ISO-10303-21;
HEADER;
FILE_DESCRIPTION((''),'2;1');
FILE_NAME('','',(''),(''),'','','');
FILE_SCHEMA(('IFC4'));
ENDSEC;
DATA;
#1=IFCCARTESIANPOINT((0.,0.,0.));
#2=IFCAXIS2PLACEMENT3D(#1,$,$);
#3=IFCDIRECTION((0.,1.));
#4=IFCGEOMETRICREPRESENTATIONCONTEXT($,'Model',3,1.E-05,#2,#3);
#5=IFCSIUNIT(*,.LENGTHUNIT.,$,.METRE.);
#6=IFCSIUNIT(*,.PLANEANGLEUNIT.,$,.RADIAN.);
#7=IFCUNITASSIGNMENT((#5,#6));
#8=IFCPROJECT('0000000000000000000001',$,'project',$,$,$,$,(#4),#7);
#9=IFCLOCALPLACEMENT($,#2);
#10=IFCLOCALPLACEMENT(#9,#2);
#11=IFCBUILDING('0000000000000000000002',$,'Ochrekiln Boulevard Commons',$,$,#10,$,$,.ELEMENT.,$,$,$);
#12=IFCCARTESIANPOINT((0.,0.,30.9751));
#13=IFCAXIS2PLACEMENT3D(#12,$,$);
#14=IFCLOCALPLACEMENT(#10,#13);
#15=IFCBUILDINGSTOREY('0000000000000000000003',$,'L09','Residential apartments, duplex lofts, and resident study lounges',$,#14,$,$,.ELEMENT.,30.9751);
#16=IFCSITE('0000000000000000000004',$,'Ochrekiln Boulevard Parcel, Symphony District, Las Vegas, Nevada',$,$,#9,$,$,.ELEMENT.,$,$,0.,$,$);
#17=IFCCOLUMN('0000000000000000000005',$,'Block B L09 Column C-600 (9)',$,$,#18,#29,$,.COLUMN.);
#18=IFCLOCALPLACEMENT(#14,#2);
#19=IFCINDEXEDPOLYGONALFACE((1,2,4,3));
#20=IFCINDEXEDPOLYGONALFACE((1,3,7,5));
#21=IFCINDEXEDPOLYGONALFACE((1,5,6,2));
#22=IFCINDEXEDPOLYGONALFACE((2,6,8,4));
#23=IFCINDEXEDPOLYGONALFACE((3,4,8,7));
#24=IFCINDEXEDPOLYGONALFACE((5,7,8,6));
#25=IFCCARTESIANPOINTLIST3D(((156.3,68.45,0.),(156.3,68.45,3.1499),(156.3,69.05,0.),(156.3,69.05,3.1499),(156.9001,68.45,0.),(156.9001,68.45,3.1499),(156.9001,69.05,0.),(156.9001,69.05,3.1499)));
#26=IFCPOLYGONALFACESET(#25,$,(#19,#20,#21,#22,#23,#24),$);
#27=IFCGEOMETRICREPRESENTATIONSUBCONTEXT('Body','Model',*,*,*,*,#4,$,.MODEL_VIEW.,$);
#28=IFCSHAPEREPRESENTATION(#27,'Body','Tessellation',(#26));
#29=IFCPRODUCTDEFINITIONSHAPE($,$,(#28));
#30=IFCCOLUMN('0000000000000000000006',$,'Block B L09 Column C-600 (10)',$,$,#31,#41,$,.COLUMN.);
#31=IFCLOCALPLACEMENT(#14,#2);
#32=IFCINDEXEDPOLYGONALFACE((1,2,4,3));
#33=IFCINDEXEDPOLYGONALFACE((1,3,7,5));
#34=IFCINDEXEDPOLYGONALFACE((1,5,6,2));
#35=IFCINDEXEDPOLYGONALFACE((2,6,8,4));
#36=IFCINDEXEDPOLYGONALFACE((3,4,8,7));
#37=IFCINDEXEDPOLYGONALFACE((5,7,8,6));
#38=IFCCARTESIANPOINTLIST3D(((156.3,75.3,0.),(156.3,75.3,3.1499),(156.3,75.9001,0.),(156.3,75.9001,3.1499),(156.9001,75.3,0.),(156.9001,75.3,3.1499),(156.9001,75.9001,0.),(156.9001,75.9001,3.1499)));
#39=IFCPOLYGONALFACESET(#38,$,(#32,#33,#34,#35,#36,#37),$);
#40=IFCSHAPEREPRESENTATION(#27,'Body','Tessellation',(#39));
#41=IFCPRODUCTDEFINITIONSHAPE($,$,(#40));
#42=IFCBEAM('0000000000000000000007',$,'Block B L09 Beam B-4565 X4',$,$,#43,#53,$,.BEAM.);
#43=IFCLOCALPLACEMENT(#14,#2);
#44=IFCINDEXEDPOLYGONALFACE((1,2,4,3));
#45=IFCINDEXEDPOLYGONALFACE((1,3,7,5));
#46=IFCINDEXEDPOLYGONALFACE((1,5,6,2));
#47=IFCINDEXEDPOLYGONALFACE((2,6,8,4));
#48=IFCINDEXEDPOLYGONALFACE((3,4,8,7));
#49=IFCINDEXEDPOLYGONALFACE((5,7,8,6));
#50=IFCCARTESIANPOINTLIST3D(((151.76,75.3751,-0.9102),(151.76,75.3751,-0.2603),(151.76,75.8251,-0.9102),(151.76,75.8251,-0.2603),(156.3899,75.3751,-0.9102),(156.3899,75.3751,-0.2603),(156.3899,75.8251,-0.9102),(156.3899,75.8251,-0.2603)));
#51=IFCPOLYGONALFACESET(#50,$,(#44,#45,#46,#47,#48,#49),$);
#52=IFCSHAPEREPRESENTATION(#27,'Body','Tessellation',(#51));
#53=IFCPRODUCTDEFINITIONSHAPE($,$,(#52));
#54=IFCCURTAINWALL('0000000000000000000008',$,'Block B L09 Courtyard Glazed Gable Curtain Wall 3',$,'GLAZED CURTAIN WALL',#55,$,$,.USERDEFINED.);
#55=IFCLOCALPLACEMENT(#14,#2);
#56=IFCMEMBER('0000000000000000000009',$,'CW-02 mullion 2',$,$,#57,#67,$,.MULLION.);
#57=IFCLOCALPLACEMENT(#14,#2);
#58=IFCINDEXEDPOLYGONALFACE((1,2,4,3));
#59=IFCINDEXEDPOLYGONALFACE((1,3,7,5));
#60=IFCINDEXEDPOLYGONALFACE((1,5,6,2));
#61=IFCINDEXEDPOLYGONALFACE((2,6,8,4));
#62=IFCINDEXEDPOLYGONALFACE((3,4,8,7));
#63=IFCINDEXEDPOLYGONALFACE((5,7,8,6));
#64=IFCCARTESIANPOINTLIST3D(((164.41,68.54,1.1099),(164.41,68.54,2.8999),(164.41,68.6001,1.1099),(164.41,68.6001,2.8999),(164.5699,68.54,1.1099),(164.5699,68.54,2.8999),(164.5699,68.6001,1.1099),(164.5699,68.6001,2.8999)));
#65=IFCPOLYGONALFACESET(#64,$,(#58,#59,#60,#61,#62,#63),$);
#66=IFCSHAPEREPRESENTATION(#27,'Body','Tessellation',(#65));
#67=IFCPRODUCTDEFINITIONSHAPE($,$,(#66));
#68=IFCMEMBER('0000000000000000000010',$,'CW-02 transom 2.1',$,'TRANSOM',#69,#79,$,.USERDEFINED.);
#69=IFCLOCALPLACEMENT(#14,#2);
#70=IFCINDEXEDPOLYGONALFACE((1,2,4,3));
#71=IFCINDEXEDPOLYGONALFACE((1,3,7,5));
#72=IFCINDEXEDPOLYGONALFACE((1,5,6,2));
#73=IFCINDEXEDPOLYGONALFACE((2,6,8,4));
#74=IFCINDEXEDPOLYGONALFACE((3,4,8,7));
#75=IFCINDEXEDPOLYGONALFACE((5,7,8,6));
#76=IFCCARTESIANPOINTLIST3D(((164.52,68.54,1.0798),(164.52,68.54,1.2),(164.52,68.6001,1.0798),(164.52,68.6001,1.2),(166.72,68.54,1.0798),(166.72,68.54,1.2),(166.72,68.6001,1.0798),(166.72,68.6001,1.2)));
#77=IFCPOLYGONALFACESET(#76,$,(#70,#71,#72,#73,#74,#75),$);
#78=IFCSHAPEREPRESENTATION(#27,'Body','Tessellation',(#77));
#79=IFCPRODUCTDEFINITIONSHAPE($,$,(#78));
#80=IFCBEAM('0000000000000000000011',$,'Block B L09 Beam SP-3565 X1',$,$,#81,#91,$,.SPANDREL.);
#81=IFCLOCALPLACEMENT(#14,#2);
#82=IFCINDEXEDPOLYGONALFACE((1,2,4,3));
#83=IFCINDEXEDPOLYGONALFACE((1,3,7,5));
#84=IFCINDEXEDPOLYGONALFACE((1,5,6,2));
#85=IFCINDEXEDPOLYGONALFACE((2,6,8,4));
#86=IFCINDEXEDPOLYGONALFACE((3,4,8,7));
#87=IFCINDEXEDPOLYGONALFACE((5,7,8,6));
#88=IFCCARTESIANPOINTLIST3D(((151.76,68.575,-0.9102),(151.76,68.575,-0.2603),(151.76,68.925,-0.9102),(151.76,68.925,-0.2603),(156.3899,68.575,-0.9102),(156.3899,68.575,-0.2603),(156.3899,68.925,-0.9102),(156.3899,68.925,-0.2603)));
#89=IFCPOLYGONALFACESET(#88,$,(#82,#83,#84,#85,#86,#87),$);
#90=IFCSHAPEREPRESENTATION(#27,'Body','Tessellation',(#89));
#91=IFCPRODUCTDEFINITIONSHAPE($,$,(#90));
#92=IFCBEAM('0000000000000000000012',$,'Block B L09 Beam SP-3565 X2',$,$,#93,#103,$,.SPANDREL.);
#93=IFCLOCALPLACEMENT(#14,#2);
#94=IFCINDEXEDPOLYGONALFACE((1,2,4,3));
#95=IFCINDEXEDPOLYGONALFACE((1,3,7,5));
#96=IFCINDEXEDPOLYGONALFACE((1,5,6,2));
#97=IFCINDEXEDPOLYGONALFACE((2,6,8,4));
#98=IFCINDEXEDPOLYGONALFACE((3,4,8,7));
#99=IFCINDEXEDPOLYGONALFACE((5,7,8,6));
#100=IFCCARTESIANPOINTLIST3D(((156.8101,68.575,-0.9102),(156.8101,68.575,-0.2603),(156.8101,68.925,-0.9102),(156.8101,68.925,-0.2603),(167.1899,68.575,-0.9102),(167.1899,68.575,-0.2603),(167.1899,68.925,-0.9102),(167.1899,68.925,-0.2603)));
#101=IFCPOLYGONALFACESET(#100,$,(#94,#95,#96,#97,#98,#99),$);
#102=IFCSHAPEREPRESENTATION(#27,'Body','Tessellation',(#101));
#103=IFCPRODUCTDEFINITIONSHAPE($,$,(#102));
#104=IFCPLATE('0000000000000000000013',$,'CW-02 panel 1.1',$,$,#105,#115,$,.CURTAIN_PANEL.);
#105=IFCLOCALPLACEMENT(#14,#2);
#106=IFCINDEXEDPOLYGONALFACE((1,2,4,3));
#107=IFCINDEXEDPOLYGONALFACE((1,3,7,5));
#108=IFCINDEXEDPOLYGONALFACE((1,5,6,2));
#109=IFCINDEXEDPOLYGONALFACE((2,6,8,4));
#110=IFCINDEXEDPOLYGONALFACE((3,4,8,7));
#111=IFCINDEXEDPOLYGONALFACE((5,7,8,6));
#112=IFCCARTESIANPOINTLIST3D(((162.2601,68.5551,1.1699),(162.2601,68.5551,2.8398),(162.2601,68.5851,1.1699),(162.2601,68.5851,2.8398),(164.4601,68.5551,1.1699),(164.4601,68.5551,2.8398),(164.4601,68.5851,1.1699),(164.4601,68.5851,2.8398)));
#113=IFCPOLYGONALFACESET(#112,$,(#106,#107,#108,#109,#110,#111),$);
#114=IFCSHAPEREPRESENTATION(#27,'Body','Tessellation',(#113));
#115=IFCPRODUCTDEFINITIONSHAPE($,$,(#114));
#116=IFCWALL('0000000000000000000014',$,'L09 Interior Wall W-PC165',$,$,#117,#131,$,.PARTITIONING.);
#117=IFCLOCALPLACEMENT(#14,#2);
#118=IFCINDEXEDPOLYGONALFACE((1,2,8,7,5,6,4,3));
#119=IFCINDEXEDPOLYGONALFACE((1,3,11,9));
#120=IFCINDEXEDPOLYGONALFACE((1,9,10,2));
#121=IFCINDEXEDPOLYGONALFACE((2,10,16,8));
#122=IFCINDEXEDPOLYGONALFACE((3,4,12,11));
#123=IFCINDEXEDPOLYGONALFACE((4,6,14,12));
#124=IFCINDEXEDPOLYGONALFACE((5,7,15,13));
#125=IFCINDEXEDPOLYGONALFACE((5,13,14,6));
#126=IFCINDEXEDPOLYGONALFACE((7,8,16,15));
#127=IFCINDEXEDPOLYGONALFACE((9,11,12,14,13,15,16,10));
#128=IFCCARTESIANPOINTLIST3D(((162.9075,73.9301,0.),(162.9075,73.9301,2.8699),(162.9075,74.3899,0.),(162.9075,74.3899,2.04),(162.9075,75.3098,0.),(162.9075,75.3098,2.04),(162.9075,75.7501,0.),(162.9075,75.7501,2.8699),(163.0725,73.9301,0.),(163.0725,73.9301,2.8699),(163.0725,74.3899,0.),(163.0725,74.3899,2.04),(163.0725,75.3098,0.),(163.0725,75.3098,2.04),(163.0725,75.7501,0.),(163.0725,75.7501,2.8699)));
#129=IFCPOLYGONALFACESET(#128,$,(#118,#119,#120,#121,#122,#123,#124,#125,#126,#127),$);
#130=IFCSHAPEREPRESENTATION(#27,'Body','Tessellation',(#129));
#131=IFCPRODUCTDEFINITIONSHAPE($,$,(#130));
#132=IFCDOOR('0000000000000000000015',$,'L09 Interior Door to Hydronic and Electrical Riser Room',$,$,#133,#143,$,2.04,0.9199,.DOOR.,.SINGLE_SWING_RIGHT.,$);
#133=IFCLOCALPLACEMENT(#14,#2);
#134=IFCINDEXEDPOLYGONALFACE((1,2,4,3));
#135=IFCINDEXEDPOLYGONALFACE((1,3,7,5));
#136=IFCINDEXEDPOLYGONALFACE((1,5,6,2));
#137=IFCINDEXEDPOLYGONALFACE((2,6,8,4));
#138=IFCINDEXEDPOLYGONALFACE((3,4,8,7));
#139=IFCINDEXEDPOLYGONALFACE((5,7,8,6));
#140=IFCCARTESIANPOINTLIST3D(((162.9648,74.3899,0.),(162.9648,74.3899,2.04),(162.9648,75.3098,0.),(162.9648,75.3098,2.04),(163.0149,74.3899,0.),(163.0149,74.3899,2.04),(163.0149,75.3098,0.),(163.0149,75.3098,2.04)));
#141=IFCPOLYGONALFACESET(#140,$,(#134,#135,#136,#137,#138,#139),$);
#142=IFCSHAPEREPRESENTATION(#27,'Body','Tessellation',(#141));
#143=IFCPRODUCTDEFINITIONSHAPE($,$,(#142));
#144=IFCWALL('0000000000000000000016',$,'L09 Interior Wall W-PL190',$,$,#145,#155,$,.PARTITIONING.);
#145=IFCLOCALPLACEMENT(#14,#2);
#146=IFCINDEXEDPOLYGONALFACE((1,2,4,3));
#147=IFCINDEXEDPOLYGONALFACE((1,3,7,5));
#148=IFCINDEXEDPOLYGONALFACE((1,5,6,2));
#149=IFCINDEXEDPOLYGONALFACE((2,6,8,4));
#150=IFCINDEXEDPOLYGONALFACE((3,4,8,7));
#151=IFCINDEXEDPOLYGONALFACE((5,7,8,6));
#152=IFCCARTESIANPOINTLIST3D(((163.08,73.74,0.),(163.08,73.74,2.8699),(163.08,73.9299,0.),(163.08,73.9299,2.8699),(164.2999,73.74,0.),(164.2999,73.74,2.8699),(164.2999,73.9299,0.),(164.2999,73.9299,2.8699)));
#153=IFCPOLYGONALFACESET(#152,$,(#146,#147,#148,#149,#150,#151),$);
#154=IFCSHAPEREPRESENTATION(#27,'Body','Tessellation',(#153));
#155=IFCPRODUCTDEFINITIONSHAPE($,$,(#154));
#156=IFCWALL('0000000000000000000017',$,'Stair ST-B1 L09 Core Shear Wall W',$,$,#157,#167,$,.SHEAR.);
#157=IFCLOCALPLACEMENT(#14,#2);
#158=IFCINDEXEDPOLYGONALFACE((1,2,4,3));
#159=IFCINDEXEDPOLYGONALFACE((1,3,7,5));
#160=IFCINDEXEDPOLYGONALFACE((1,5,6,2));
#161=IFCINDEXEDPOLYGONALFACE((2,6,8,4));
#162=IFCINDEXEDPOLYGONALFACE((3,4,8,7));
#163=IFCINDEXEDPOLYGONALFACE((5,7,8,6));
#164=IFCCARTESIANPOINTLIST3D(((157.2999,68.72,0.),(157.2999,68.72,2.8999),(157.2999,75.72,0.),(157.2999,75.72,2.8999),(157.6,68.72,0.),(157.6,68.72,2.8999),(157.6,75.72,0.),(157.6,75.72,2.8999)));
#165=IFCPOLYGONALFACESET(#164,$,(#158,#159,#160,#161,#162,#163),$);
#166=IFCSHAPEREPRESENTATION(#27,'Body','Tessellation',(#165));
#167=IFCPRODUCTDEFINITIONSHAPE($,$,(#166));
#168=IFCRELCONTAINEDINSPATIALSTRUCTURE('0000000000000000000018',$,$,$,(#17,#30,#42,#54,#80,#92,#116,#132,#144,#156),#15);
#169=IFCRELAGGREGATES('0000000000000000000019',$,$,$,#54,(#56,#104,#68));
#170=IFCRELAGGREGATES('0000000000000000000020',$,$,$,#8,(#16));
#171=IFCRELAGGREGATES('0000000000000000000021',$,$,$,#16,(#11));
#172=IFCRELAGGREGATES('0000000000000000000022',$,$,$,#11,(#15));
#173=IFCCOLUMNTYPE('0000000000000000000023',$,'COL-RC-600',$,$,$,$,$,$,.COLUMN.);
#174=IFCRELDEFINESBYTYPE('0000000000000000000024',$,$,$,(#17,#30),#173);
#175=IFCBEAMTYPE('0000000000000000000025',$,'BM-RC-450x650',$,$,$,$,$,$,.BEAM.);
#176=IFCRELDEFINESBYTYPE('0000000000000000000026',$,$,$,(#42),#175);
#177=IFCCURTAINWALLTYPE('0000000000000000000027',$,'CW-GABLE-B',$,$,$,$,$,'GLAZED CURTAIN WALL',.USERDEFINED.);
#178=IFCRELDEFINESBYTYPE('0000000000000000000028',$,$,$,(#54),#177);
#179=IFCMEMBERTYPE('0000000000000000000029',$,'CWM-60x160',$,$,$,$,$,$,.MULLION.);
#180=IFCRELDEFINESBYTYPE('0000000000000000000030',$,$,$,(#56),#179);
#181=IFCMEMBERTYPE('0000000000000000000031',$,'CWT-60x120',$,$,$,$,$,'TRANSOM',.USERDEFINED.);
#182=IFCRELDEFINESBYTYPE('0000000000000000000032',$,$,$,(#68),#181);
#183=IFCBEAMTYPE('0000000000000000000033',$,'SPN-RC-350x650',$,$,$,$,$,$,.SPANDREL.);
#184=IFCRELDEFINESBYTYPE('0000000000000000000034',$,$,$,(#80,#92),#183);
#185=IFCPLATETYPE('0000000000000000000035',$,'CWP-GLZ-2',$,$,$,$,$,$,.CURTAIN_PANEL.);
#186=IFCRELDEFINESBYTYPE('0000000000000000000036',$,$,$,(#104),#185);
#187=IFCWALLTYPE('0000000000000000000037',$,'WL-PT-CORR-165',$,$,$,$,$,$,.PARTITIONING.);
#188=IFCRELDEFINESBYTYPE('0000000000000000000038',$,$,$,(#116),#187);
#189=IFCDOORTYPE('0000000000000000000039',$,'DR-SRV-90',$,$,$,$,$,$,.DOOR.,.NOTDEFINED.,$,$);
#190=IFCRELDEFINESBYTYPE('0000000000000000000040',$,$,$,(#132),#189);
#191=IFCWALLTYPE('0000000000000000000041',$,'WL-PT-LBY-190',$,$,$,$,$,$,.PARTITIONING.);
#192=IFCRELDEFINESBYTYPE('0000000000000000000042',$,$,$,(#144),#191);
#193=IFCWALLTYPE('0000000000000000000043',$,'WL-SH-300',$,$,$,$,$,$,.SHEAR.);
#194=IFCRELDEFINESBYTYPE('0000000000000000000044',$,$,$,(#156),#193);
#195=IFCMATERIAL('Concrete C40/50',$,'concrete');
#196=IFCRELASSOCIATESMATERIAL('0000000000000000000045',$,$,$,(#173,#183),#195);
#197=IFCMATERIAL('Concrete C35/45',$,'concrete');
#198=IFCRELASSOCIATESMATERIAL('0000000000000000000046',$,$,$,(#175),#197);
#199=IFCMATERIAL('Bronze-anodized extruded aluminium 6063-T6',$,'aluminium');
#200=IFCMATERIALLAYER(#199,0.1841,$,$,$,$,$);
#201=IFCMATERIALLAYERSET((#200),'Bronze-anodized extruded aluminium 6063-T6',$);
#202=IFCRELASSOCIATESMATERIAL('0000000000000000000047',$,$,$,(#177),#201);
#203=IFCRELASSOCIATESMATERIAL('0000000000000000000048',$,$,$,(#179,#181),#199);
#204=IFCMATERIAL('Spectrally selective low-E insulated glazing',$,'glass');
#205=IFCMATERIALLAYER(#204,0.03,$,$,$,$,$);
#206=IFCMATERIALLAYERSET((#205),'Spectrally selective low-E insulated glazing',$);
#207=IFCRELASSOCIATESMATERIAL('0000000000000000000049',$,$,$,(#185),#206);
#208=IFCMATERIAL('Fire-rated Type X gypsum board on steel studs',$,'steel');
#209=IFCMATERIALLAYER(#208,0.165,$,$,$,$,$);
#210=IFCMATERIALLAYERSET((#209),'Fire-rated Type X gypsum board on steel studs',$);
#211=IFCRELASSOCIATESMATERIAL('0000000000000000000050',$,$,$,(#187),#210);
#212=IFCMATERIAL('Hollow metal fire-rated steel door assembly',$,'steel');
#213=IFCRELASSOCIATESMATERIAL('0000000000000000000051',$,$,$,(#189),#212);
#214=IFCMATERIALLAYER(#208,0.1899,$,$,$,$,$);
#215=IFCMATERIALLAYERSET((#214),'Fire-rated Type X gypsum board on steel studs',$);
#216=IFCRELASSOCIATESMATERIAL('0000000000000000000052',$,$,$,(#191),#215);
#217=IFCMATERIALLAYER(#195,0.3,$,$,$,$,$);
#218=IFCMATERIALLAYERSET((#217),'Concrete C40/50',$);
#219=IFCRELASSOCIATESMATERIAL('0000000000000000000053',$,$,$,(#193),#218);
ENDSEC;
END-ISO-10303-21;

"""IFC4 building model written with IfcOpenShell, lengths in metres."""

from ifc_helpers import new_model, si_unit, direction, frame, frame_2d, origin, origin_2d, place, context, subcontext, project, spatial, rectangle, extrude, material, layer, layer_set, material_profile, profile_set, type_object, element, fill, aggregate, save


model = new_model("IFC4")

# Units and contexts
model_context = context("Model", 3, precision=1e-05, world=origin(), true_north=direction((0.0, 1.0)))
body_context = subcontext(model_context, "Body", "Model", "MODEL_VIEW")
ifc_project = project(units=[si_unit("LENGTHUNIT", "METRE"), si_unit("PLANEANGLEUNIT", "RADIAN")], contexts=[model_context])

# Site, building, storey
site_placement = place(None, origin())
site = spatial("IfcSite", under=ifc_project, at=site_placement, Name="Ochrekiln Boulevard Parcel, Symphony District, Las Vegas, Nevada", CompositionType="ELEMENT", RefElevation=0.0)
building_placement = place(site_placement, origin())
building = spatial("IfcBuilding", under=site, at=building_placement, Name="Ochrekiln Boulevard Commons", CompositionType="ELEMENT")
storey_placement = place(building_placement, frame((0.0, 0.0, 30.9751)))
storey = spatial("IfcBuildingStorey", under=building, at=storey_placement, Name="L09", Description="Residential apartments, duplex lofts, and resident study lounges", CompositionType="ELEMENT", Elevation=30.9751)

# Columns
ifc_material_1 = material(Name="Concrete C40/50", Category="concrete")
ifc_material_profile_1 = material_profile(ifc_material_1, rectangle(XDim=0.6001, YDim=0.6001, at=origin_2d()), Name="RC-COL-600x600")
ifc_profile_set_1 = profile_set([ifc_material_profile_1], Name="Concrete C40/50")
column_type = type_object("IfcColumnType", Name="COL-RC-600", PredefinedType="COLUMN", material=ifc_profile_set_1)
for number, where, z_axis, x_axis, name in (
    (1, (156.6001, 68.75, 0.0), (0.0, 0.0, 1.0), (1.0, 0.0, 0.0), "Block B L09 Column C-600 (9)"),
    (2, (156.6001, 75.6001, 0.0), (0.0, 0.0, 1.0), (1.0, 0.0, 0.0), "Block B L09 Column C-600 (10)"),
):
    element("IfcColumn", number, at=place(storey_placement, frame(where, z_axis=z_axis, x_axis=x_axis)), inside=storey, type_object=column_type, Name=name, PredefinedType="COLUMN", context=body_context, shape_type="SweptSolid", body=[
        extrude(rectangle(XDim=0.6001, YDim=0.6001, at=origin_2d()), origin(), (0.0, 0.0, 1.0), 3.1499),
    ])

# Beam
ifc_material_2 = material(Name="Concrete C35/45", Category="concrete")
ifc_material_profile_2 = material_profile(ifc_material_2, rectangle(XDim=0.45, YDim=0.6499, at=origin_2d()), Name="RC-BM-450x650")
ifc_profile_set_2 = profile_set([ifc_material_profile_2], Name="Concrete C35/45")
beam_type_1 = type_object("IfcBeamType", Name="BM-RC-450x650", PredefinedType="BEAM", material=ifc_profile_set_2)
beam_1_placement = place(storey_placement, frame((151.76, 75.6001, -0.5852), z_axis=(1.0, 0.0, 0.0), x_axis=(0.0, 1.0, 0.0)))
element("IfcBeam", 3, at=beam_1_placement, inside=storey, type_object=beam_type_1, Name="Block B L09 Beam B-4565 X4", PredefinedType="BEAM", context=body_context, shape_type="SweptSolid", body=[
    extrude(rectangle(XDim=0.45, YDim=0.6499, at=origin_2d()), origin(), (0.0, 0.0, 1.0), 4.6299),
])

# Curtain wall, members
ifc_material_3 = material(Name="Bronze-anodized extruded aluminium 6063-T6", Category="aluminium")
ifc_layer_1 = layer(ifc_material_3, 0.1841)
ifc_layer_set_1 = layer_set([ifc_layer_1], Name="Bronze-anodized extruded aluminium 6063-T6")
curtain_wall_type = type_object("IfcCurtainWallType", Name="CW-GABLE-B", ElementType="GLAZED CURTAIN WALL", PredefinedType="USERDEFINED", material=ifc_layer_set_1)
curtain_wall_placement = place(storey_placement, origin())
curtain_wall = element("IfcCurtainWall", 4, at=curtain_wall_placement, inside=storey, type_object=curtain_wall_type, Name="Block B L09 Courtyard Glazed Gable Curtain Wall 3", ObjectType="GLAZED CURTAIN WALL", PredefinedType="USERDEFINED")
ifc_material_profile_3 = material_profile(ifc_material_3, rectangle(XDim=0.0601, YDim=0.1599, at=origin_2d()), Name="ALU-MUL-60x160")
ifc_profile_set_3 = profile_set([ifc_material_profile_3], Name="Bronze-anodized extruded aluminium 6063-T6")
member_type_1 = type_object("IfcMemberType", Name="CWM-60x160", PredefinedType="MULLION", material=ifc_profile_set_3)
member_1_placement = place(storey_placement, frame((164.49, 68.5701, 1.1099), z_axis=(0.0, 0.0, 1.0), x_axis=(0.0, 1.0, 0.0)))
member_1 = element("IfcMember", 5, at=member_1_placement, type_object=member_type_1, Name="CW-02 mullion 2", PredefinedType="MULLION", context=body_context, shape_type="SweptSolid", body=[
    extrude(rectangle(XDim=0.0601, YDim=0.1599, at=origin_2d()), origin(), (0.0, 0.0, 1.0), 1.79),
])
ifc_material_profile_4 = material_profile(ifc_material_3, rectangle(XDim=0.0601, YDim=0.1201, at=origin_2d()), Name="ALU-TRN-60x120")
ifc_profile_set_4 = profile_set([ifc_material_profile_4], Name="Bronze-anodized extruded aluminium 6063-T6")
member_type_2 = type_object("IfcMemberType", Name="CWT-60x120", ElementType="TRANSOM", PredefinedType="USERDEFINED", material=ifc_profile_set_4)
member_2_placement = place(storey_placement, frame((164.52, 68.5701, 1.1399), z_axis=(1.0, 0.0, 0.0), x_axis=(0.0, 1.0, 0.0)))
member_2 = element("IfcMember", 6, at=member_2_placement, type_object=member_type_2, Name="CW-02 transom 2.1", ObjectType="TRANSOM", PredefinedType="USERDEFINED", context=body_context, shape_type="SweptSolid", body=[
    extrude(rectangle(XDim=0.0601, YDim=0.1201, at=origin_2d()), origin(), (0.0, 0.0, 1.0), 2.2),
])

# Beams
ifc_material_profile_5 = material_profile(ifc_material_1, rectangle(XDim=0.3501, YDim=0.6499, at=origin_2d()), Name="RC-SPN-350x650")
ifc_profile_set_5 = profile_set([ifc_material_profile_5], Name="Concrete C40/50")
beam_type_2 = type_object("IfcBeamType", Name="SPN-RC-350x650", PredefinedType="SPANDREL", material=ifc_profile_set_5)
beam_2_placement = place(storey_placement, frame((151.76, 68.75, -0.5852), z_axis=(1.0, 0.0, 0.0), x_axis=(0.0, 1.0, 0.0)))
element("IfcBeam", 7, at=beam_2_placement, inside=storey, type_object=beam_type_2, Name="Block B L09 Beam SP-3565 X1", PredefinedType="SPANDREL", context=body_context, shape_type="SweptSolid", body=[
    extrude(rectangle(XDim=0.3501, YDim=0.6499, at=origin_2d()), origin(), (0.0, 0.0, 1.0), 4.6299),
])
beam_3_placement = place(storey_placement, frame((156.8101, 68.75, -0.5852), z_axis=(1.0, 0.0, 0.0), x_axis=(0.0, 1.0, 0.0)))
element("IfcBeam", 8, at=beam_3_placement, inside=storey, type_object=beam_type_2, Name="Block B L09 Beam SP-3565 X2", PredefinedType="SPANDREL", context=body_context, shape_type="SweptSolid", body=[
    extrude(rectangle(XDim=0.3501, YDim=0.6499, at=origin_2d()), origin(), (0.0, 0.0, 1.0), 10.3799),
])

# Plate
ifc_material_4 = material(Name="Spectrally selective low-E insulated glazing", Category="glass")
ifc_layer_2 = layer(ifc_material_4, 0.03)
ifc_layer_set_2 = layer_set([ifc_layer_2], Name="Spectrally selective low-E insulated glazing")
plate_type = type_object("IfcPlateType", Name="CWP-GLZ-2", PredefinedType="CURTAIN_PANEL", material=ifc_layer_set_2)
plate_placement = place(storey_placement, frame((163.3601, 68.5701, 1.1699), z_axis=(0.0, 0.0, 1.0), x_axis=(1.0, 0.0, 0.0)))
plate = element("IfcPlate", 9, at=plate_placement, type_object=plate_type, Name="CW-02 panel 1.1", PredefinedType="CURTAIN_PANEL", context=body_context, shape_type="SweptSolid", body=[
    extrude(rectangle(XDim=2.2, YDim=0.03, at=origin_2d()), origin(), (0.0, 0.0, 1.0), 1.6699),
])
aggregate(curtain_wall, [member_1, plate, member_2])

# Wall, opening, door
ifc_material_5 = material(Name="Fire-rated Type X gypsum board on steel studs", Category="steel")
ifc_layer_3 = layer(ifc_material_5, 0.165)
ifc_layer_set_3 = layer_set([ifc_layer_3], Name="Fire-rated Type X gypsum board on steel studs")
wall_type_1 = type_object("IfcWallType", Name="WL-PT-CORR-165", PredefinedType="PARTITIONING", material=ifc_layer_set_3)
wall_1_placement = place(storey_placement, frame((162.99, 73.9299, 0.0), z_axis=(0.0, 0.0, 1.0), x_axis=(0.0, 1.0, 0.0)))
wall_1 = element("IfcWall", 10, at=wall_1_placement, inside=storey, type_object=wall_type_1, Name="L09 Interior Wall W-PC165", PredefinedType="PARTITIONING", context=body_context, shape_type="SweptSolid", body=[
    extrude(rectangle(XDim=1.8201, YDim=0.165, at=frame_2d((0.9102, 0.0))), origin(), (0.0, 0.0, 1.0), 2.8699),
])
opening_1_placement = place(wall_1_placement, frame((0.46, 0.0, 0.0)))
opening_1 = element("IfcOpeningElement", 11, at=opening_1_placement, cuts=wall_1, PredefinedType="OPENING", context=body_context, shape_type="SweptSolid", body=[
    extrude(rectangle(XDim=0.9199, YDim=2.04, at=frame_2d((0.46, 1.02))), frame((0.0, 0.0925, 0.0), z_axis=(0.0, -1.0, 0.0), x_axis=(1.0, 0.0, 0.0)), (0.0, 0.0, 1.0), 0.1851),
])
ifc_material_6 = material(Name="Hollow metal fire-rated steel door assembly", Category="steel")
door_type_1 = type_object("IfcDoorType", Name="DR-SRV-90", OperationType="NOTDEFINED", PredefinedType="DOOR", material=ifc_material_6)
door_1_placement = place(opening_1_placement, frame((0.9199, 0.0, 0.0), z_axis=(0.0, 0.0, 1.0), x_axis=(-1.0, 0.0, 0.0)))
door_1 = element("IfcDoor", 12, at=door_1_placement, inside=storey, type_object=door_type_1, Name="L09 Interior Door to Hydronic and Electrical Riser Room", OperationType="SINGLE_SWING_RIGHT", OverallHeight=2.04, OverallWidth=0.9199, PredefinedType="DOOR", context=body_context, shape_type="SweptSolid", body=[
    extrude(rectangle(XDim=0.9199, YDim=2.04, at=frame_2d((0.46, 1.02))), frame((0.0, 0.0249, 0.0), z_axis=(0.0, -1.0, 0.0), x_axis=(1.0, 0.0, 0.0)), (0.0, 0.0, 1.0), 0.05),
])
fill(opening_1, door_1)

# Wall
ifc_layer_4 = layer(ifc_material_5, 0.1899)
ifc_layer_set_4 = layer_set([ifc_layer_4], Name="Fire-rated Type X gypsum board on steel studs")
wall_type_2 = type_object("IfcWallType", Name="WL-PT-LBY-190", PredefinedType="PARTITIONING", material=ifc_layer_set_4)
wall_2_placement = place(storey_placement, frame((163.0801, 73.835, 0.0), z_axis=(0.0, 0.0, 1.0), x_axis=(1.0, 0.0, 0.0)))
element("IfcWall", 13, at=wall_2_placement, inside=storey, type_object=wall_type_2, Name="L09 Interior Wall W-PL190", PredefinedType="PARTITIONING", context=body_context, shape_type="SweptSolid", body=[
    extrude(rectangle(XDim=1.22, YDim=0.1899, at=frame_2d((0.6099, 0.0))), origin(), (0.0, 0.0, 1.0), 2.8699),
])

# Wall
ifc_layer_5 = layer(ifc_material_1, 0.3)
ifc_layer_set_5 = layer_set([ifc_layer_5], Name="Concrete C40/50")
wall_type_3 = type_object("IfcWallType", Name="WL-SH-300", PredefinedType="SHEAR", material=ifc_layer_set_5)
wall_3_placement = place(storey_placement, frame((157.45, 68.72, 0.0), z_axis=(0.0, 0.0, 1.0), x_axis=(0.0, 1.0, 0.0)))
element("IfcWall", 14, at=wall_3_placement, inside=storey, type_object=wall_type_3, Name="Stair ST-B1 L09 Core Shear Wall W", PredefinedType="SHEAR", context=body_context, shape_type="SweptSolid", body=[
    extrude(rectangle(XDim=7.0, YDim=0.3, at=frame_2d((3.5, 0.0))), origin(), (0.0, 0.0, 1.0), 2.8999),
])

save(model, "model.ifc")
